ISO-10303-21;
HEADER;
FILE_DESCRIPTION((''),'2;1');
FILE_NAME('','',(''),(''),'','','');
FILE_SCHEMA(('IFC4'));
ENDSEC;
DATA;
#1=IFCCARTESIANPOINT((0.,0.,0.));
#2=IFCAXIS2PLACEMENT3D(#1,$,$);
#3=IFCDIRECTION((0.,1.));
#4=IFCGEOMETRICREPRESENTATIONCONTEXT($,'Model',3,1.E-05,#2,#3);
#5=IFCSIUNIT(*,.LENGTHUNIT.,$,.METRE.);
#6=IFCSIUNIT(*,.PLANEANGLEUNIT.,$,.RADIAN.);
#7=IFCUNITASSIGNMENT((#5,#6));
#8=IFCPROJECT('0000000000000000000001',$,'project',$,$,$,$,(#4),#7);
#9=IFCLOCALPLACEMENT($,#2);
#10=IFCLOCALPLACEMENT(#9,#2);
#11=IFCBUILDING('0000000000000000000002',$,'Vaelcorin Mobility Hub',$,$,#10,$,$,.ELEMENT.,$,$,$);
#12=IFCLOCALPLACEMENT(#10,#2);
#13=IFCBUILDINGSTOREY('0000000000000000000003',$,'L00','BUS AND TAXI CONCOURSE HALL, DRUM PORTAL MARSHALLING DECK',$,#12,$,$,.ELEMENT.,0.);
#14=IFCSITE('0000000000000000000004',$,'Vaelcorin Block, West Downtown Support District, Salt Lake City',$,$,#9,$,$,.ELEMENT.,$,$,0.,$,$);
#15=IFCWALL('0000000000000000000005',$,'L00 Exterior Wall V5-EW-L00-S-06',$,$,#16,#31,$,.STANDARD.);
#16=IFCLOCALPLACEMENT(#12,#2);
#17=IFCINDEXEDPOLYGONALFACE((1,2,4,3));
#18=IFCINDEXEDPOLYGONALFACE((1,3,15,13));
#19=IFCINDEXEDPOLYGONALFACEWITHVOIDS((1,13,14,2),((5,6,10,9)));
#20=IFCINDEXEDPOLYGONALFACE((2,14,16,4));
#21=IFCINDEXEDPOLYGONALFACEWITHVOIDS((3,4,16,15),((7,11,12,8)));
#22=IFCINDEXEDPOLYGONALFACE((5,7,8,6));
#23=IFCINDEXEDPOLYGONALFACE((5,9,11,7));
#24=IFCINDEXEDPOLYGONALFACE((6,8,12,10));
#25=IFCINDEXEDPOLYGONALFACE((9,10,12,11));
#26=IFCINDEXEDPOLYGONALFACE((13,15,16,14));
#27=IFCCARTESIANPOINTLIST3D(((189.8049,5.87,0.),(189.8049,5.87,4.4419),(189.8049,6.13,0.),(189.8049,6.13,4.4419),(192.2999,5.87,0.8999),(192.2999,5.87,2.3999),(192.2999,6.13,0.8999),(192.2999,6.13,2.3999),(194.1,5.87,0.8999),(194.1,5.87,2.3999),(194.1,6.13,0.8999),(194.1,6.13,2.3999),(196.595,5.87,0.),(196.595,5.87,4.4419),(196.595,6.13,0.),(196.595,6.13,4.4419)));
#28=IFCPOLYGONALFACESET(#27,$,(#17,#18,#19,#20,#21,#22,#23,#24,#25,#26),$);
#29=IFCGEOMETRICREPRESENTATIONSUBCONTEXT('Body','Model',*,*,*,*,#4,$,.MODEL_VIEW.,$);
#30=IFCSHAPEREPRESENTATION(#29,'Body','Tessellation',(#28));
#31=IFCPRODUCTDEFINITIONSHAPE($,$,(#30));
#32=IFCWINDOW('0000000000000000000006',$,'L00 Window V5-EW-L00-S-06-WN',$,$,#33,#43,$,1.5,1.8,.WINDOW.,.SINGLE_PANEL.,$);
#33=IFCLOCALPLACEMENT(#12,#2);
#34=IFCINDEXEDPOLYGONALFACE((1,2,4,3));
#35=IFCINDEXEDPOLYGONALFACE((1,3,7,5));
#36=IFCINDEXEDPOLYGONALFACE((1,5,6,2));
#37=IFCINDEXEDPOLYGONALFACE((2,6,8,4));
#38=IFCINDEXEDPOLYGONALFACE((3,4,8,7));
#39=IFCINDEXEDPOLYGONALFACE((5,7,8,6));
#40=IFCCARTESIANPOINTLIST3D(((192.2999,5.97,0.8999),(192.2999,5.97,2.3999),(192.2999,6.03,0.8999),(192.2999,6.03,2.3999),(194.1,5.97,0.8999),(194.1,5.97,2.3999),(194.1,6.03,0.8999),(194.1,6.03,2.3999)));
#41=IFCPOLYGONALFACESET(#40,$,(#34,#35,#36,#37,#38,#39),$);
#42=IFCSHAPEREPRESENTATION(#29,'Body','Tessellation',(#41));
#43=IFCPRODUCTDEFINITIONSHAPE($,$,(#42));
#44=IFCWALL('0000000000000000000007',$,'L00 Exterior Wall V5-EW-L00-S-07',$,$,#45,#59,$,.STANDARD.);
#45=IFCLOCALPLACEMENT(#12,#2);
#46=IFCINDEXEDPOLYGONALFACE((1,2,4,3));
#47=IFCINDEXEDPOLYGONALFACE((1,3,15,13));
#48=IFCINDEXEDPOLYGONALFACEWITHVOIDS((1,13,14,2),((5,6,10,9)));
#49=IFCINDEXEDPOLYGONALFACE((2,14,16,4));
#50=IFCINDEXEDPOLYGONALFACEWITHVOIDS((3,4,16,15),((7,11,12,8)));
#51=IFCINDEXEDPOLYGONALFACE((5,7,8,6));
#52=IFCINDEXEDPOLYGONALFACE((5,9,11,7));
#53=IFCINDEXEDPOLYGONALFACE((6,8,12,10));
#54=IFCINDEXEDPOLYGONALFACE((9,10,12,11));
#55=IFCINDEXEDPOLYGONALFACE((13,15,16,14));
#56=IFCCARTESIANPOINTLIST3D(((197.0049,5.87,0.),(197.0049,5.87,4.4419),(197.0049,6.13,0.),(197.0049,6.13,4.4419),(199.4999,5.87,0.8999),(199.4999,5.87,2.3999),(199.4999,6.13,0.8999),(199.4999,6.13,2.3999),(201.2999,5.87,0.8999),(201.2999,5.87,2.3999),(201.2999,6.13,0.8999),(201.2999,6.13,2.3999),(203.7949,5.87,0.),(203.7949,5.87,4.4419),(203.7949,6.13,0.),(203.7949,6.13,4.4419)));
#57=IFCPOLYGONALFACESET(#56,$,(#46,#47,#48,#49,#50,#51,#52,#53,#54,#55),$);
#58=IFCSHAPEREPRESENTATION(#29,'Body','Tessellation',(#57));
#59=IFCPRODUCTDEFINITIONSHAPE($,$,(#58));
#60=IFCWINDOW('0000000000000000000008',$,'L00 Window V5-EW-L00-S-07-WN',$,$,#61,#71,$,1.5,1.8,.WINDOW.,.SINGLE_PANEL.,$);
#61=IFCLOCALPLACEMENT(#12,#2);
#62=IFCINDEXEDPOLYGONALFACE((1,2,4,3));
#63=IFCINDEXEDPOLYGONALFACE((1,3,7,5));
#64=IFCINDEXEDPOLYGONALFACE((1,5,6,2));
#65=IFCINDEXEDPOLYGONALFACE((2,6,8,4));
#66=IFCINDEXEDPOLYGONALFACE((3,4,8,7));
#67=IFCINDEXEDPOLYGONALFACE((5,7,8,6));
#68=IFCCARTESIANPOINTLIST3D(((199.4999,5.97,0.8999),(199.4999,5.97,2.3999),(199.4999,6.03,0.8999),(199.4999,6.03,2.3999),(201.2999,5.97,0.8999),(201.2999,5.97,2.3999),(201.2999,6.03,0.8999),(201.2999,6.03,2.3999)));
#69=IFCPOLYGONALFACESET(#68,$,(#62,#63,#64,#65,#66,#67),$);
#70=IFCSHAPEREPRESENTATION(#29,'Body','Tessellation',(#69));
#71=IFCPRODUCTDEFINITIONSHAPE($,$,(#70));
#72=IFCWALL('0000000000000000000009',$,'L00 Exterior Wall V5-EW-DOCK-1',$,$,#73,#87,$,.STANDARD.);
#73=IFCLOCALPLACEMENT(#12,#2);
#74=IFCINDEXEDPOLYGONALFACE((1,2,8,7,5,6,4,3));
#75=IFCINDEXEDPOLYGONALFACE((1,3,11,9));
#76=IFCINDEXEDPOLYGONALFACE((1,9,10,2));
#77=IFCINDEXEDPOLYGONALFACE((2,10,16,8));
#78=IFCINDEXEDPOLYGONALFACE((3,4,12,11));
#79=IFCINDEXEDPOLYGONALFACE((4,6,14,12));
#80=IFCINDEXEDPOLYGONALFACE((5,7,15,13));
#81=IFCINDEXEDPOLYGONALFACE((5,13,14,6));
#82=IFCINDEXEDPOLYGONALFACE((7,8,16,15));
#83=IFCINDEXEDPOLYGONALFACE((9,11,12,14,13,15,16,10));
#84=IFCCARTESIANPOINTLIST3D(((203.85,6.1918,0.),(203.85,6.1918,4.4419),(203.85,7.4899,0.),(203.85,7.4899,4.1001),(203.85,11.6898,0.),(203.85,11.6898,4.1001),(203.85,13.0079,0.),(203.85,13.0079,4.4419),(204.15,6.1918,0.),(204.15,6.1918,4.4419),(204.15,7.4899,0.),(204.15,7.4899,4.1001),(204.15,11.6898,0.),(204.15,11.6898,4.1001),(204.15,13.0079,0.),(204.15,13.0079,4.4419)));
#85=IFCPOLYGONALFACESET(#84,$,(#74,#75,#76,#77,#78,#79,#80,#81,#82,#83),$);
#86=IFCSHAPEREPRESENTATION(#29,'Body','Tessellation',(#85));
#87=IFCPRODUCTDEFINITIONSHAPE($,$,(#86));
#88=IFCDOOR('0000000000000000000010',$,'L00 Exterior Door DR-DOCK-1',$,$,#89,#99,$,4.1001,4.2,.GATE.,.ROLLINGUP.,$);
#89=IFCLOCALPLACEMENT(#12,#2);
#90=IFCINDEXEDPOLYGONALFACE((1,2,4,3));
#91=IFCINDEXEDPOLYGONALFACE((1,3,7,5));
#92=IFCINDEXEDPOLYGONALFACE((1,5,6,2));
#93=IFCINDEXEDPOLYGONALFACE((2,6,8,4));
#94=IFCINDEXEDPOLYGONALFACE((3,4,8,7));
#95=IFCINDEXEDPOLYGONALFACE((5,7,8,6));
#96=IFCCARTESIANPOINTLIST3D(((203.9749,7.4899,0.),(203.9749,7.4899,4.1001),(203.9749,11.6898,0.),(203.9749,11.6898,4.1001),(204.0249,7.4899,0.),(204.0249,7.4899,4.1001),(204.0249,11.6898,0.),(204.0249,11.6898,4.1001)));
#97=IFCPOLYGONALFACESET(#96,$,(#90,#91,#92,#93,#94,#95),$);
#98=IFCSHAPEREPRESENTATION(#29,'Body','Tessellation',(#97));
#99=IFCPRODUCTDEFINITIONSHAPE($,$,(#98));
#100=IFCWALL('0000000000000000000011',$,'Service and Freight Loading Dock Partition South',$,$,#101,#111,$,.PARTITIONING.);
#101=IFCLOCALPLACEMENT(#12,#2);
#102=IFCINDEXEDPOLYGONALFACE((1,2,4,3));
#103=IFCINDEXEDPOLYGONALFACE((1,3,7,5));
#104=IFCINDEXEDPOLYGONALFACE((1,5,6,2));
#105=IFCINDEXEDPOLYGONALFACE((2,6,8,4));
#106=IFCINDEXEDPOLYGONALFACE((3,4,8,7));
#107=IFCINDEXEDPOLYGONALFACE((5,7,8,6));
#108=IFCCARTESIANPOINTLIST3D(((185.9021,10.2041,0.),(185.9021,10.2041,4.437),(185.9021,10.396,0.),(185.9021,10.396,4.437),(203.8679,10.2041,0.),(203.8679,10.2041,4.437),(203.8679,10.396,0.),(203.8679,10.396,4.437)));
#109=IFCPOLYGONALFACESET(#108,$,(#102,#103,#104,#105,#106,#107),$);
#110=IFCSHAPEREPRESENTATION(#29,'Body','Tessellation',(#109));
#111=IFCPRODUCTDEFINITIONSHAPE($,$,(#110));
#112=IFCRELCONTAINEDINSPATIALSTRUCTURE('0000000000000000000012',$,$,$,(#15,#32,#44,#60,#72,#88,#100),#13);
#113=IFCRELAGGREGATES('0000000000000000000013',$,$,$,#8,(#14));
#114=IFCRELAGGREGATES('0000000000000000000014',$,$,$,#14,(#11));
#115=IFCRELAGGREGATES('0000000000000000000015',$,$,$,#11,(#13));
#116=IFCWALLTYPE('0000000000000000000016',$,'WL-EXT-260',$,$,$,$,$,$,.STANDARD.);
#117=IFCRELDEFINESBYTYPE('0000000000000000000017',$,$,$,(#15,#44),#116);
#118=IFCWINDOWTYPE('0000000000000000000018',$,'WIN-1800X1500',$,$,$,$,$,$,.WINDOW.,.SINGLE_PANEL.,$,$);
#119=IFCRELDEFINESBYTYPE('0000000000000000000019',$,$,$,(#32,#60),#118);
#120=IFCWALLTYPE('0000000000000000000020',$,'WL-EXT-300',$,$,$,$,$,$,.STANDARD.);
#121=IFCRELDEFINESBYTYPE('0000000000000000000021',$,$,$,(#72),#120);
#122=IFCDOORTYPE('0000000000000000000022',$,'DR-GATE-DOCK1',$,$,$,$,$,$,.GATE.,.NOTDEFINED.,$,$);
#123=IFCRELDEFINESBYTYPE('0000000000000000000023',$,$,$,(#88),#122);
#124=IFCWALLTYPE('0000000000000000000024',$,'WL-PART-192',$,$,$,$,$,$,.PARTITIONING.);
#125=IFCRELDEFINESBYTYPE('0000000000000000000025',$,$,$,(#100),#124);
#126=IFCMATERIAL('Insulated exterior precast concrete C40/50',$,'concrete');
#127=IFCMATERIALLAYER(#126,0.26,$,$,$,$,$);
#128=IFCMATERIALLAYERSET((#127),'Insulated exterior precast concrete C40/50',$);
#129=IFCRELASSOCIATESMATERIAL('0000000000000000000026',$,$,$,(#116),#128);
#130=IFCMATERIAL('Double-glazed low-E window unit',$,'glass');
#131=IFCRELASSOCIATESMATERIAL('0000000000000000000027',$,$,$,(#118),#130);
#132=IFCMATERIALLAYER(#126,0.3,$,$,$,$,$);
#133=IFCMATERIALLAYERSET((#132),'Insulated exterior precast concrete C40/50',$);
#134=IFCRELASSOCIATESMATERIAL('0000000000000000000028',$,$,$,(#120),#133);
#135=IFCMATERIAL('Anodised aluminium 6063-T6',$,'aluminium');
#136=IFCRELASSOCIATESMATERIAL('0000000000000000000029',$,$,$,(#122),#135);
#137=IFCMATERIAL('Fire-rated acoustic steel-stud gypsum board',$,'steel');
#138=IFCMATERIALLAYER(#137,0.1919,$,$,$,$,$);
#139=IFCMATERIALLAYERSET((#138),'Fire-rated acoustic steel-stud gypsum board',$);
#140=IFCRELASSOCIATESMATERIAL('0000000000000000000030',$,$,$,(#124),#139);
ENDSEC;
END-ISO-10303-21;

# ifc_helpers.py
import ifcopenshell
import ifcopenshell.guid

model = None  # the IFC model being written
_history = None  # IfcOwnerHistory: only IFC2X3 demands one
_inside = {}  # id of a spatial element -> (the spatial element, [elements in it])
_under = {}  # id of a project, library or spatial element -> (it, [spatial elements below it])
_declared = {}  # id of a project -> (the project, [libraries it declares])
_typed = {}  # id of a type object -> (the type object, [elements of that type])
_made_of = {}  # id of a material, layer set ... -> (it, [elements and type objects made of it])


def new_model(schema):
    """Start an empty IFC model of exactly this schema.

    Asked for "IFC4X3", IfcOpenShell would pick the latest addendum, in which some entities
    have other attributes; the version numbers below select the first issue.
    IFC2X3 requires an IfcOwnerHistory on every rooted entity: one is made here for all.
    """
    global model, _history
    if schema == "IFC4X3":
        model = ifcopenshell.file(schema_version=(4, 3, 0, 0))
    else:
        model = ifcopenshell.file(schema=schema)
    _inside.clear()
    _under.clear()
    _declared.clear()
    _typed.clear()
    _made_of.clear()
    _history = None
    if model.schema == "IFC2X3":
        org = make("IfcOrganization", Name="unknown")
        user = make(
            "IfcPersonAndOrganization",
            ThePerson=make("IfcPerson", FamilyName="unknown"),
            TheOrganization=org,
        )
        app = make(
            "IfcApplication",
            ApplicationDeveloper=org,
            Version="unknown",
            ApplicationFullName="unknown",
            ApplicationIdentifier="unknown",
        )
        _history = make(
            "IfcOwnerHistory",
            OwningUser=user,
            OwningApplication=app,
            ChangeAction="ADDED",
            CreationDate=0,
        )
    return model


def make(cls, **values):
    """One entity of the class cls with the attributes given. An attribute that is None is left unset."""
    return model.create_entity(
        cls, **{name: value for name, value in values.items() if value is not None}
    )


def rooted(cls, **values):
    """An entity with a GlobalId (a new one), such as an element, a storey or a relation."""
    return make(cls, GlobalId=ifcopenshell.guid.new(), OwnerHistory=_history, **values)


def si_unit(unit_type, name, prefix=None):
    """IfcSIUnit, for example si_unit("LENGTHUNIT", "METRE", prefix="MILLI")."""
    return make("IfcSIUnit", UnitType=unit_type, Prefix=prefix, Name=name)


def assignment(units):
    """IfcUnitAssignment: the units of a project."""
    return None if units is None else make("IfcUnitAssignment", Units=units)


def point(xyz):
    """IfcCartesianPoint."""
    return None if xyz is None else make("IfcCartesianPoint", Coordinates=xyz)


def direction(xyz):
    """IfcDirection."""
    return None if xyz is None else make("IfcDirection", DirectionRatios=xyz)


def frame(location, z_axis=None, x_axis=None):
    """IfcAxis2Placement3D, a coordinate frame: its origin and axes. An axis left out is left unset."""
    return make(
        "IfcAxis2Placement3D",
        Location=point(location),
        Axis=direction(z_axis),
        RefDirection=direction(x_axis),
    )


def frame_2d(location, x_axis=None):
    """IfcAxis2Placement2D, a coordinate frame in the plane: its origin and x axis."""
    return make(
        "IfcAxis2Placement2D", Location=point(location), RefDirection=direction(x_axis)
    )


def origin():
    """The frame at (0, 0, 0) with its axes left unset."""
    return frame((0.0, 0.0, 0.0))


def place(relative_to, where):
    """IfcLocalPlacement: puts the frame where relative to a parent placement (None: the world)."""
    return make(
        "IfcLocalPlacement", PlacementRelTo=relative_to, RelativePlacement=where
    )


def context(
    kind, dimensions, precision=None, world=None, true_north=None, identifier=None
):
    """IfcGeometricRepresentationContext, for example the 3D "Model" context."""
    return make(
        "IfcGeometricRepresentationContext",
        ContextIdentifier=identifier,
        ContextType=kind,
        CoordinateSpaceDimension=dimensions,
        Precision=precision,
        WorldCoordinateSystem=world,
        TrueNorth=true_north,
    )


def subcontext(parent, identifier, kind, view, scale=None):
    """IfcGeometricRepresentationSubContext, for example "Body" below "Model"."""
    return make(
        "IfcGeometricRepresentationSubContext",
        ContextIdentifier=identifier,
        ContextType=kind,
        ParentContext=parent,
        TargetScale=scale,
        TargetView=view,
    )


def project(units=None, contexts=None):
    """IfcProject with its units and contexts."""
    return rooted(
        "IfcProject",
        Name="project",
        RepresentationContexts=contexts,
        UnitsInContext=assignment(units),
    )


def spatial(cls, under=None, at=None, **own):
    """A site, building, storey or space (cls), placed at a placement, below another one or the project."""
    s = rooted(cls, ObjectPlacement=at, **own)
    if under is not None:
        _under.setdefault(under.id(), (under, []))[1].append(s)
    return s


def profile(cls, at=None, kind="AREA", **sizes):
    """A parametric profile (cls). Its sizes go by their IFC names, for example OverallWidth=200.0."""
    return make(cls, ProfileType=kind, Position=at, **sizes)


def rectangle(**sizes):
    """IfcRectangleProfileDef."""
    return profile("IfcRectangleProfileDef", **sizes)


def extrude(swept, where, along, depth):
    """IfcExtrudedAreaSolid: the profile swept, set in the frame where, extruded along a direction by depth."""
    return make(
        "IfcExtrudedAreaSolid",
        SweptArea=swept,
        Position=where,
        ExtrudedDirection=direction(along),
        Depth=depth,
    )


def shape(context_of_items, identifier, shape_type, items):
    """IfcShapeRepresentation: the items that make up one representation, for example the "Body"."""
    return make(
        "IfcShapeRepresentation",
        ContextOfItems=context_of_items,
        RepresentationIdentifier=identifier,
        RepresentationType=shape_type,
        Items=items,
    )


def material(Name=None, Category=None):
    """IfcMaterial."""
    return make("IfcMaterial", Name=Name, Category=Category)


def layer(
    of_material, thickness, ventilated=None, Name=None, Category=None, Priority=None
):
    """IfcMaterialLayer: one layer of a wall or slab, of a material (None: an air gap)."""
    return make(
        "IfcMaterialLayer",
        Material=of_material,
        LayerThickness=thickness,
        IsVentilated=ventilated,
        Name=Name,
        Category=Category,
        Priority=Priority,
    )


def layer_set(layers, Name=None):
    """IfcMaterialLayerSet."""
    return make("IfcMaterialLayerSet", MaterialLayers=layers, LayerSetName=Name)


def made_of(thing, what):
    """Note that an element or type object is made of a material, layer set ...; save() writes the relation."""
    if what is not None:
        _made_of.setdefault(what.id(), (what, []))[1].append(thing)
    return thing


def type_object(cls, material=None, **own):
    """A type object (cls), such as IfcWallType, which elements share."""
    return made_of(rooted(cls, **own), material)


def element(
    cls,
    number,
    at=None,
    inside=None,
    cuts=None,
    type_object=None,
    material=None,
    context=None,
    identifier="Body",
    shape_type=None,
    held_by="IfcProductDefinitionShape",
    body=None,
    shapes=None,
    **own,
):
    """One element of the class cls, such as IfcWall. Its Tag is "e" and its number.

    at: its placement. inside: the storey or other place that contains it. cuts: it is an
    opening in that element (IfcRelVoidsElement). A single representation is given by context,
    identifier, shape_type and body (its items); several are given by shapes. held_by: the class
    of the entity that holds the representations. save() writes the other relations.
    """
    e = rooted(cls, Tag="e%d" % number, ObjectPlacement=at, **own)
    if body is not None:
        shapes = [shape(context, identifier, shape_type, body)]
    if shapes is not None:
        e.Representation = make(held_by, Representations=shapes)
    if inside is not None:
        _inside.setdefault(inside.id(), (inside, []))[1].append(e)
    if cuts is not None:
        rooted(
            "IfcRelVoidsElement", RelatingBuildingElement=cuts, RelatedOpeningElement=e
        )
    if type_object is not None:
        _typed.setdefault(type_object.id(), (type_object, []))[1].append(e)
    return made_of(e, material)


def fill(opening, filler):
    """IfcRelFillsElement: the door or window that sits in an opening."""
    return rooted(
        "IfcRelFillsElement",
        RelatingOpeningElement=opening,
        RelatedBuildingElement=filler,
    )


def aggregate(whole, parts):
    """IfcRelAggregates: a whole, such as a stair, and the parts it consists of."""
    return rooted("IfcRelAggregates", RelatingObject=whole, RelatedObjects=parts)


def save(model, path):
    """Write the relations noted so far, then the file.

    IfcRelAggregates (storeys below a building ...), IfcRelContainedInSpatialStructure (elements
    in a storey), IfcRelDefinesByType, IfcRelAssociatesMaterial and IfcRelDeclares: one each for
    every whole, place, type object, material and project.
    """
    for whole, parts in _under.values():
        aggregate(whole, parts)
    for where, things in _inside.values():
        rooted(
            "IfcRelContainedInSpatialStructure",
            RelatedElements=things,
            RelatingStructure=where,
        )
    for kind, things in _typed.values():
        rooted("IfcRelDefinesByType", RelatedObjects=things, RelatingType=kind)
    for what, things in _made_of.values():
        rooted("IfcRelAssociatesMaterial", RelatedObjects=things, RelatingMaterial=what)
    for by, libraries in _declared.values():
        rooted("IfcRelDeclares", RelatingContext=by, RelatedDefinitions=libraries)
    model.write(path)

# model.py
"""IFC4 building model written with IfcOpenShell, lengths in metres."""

from ifc_helpers import new_model, si_unit, direction, frame, frame_2d, origin, place, context, subcontext, project, spatial, rectangle, extrude, material, layer, layer_set, type_object, element, fill, save


model = new_model("IFC4")

# Units and contexts
model_context = context("Model", 3, precision=1e-05, world=origin(), true_north=direction((0.0, 1.0)))
body_context = subcontext(model_context, "Body", "Model", "MODEL_VIEW")
ifc_project = project(units=[si_unit("LENGTHUNIT", "METRE"), si_unit("PLANEANGLEUNIT", "RADIAN")], contexts=[model_context])

# Site, building, storey
site_placement = place(None, origin())
site = spatial("IfcSite", under=ifc_project, at=site_placement, Name="Vaelcorin Block, West Downtown Support District, Salt Lake City", CompositionType="ELEMENT", RefElevation=0.0)
building_placement = place(site_placement, origin())
building = spatial("IfcBuilding", under=site, at=building_placement, Name="Vaelcorin Mobility Hub", CompositionType="ELEMENT")
storey_placement = place(building_placement, origin())
storey = spatial("IfcBuildingStorey", under=building, at=storey_placement, Name="L00", Description="BUS AND TAXI CONCOURSE HALL, DRUM PORTAL MARSHALLING DECK", CompositionType="ELEMENT", Elevation=0.0)

# Walls, openings, windows
ifc_material_1 = material(Name="Insulated exterior precast concrete C40/50", Category="concrete")
ifc_layer_1 = layer(ifc_material_1, 0.26)
ifc_layer_set_1 = layer_set([ifc_layer_1], Name="Insulated exterior precast concrete C40/50")
wall_type_1 = type_object("IfcWallType", Name="WL-EXT-260", PredefinedType="STANDARD", material=ifc_layer_set_1)
wall_1_placement = place(storey_placement, frame((196.595, 6.0, 0.0), z_axis=(0.0, 0.0, 1.0), x_axis=(-1.0, 0.0, 0.0)))
wall_1 = element("IfcWall", 1, at=wall_1_placement, inside=storey, type_object=wall_type_1, Name="L00 Exterior Wall V5-EW-L00-S-06", PredefinedType="STANDARD", context=body_context, shape_type="SweptSolid", body=[
    extrude(rectangle(XDim=6.79, YDim=0.26, at=frame_2d((3.395, 0.0))), origin(), (0.0, 0.0, 1.0), 4.4419),
])
opening_1_placement = place(wall_1_placement, frame((2.4951, 0.0, 0.8999)))
opening_1 = element("IfcOpeningElement", 2, at=opening_1_placement, cuts=wall_1, PredefinedType="OPENING", context=body_context, shape_type="SweptSolid", body=[
    extrude(rectangle(XDim=1.8, YDim=1.5, at=frame_2d((0.8999, 0.75))), frame((0.0, 0.1399, 0.0), z_axis=(0.0, -1.0, 0.0), x_axis=(1.0, 0.0, 0.0)), (0.0, 0.0, 1.0), 0.28),
])
ifc_material_2 = material(Name="Double-glazed low-E window unit", Category="glass")
window_type = type_object("IfcWindowType", Name="WIN-1800X1500", PartitioningType="SINGLE_PANEL", PredefinedType="WINDOW", material=ifc_material_2)
window_1_placement = place(opening_1_placement, origin())
window_1 = element("IfcWindow", 3, at=window_1_placement, inside=storey, type_object=window_type, Name="L00 Window V5-EW-L00-S-06-WN", OverallHeight=1.5, OverallWidth=1.8, PartitioningType="SINGLE_PANEL", PredefinedType="WINDOW", context=body_context, shape_type="SweptSolid", body=[
    extrude(rectangle(XDim=1.8, YDim=1.5, at=frame_2d((0.8999, 0.75))), frame((0.0, 0.03, 0.0), z_axis=(0.0, -1.0, 0.0), x_axis=(1.0, 0.0, 0.0)), (0.0, 0.0, 1.0), 0.0601),
])
fill(opening_1, window_1)
wall_2_placement = place(storey_placement, frame((203.7949, 6.0, 0.0), z_axis=(0.0, 0.0, 1.0), x_axis=(-1.0, 0.0, 0.0)))
wall_2 = element("IfcWall", 4, at=wall_2_placement, inside=storey, type_object=wall_type_1, Name="L00 Exterior Wall V5-EW-L00-S-07", PredefinedType="STANDARD", context=body_context, shape_type="SweptSolid", body=[
    extrude(rectangle(XDim=6.79, YDim=0.26, at=frame_2d((3.395, 0.0))), origin(), (0.0, 0.0, 1.0), 4.4419),
])
opening_2_placement = place(wall_2_placement, frame((2.4951, 0.0, 0.8999)))
opening_2 = element("IfcOpeningElement", 5, at=opening_2_placement, cuts=wall_2, PredefinedType="OPENING", context=body_context, shape_type="SweptSolid", body=[
    extrude(rectangle(XDim=1.8, YDim=1.5, at=frame_2d((0.8999, 0.75))), frame((0.0, 0.1399, 0.0), z_axis=(0.0, -1.0, 0.0), x_axis=(1.0, 0.0, 0.0)), (0.0, 0.0, 1.0), 0.28),
])
window_2_placement = place(opening_2_placement, origin())
window_2 = element("IfcWindow", 6, at=window_2_placement, inside=storey, type_object=window_type, Name="L00 Window V5-EW-L00-S-07-WN", OverallHeight=1.5, OverallWidth=1.8, PartitioningType="SINGLE_PANEL", PredefinedType="WINDOW", context=body_context, shape_type="SweptSolid", body=[
    extrude(rectangle(XDim=1.8, YDim=1.5, at=frame_2d((0.8999, 0.75))), frame((0.0, 0.03, 0.0), z_axis=(0.0, -1.0, 0.0), x_axis=(1.0, 0.0, 0.0)), (0.0, 0.0, 1.0), 0.0601),
])
fill(opening_2, window_2)

# Wall, opening, door
ifc_layer_2 = layer(ifc_material_1, 0.3)
ifc_layer_set_2 = layer_set([ifc_layer_2], Name="Insulated exterior precast concrete C40/50")
wall_type_2 = type_object("IfcWallType", Name="WL-EXT-300", PredefinedType="STANDARD", material=ifc_layer_set_2)
wall_3_placement = place(storey_placement, frame((204.0, 13.0081, 0.0), z_axis=(0.0, 0.0, 1.0), x_axis=(0.0, -1.0, 0.0)))
wall_3 = element("IfcWall", 7, at=wall_3_placement, inside=storey, type_object=wall_type_2, Name="L00 Exterior Wall V5-EW-DOCK-1", PredefinedType="STANDARD", context=body_context, shape_type="SweptSolid", body=[
    extrude(rectangle(XDim=6.8162, YDim=0.3, at=frame_2d((3.4082, 0.0))), origin(), (0.0, 0.0, 1.0), 4.4419),
])
opening_3_placement = place(wall_3_placement, frame((1.3181, 0.0, 0.0)))
opening_3 = element("IfcOpeningElement", 8, at=opening_3_placement, cuts=wall_3, PredefinedType="OPENING", context=body_context, shape_type="SweptSolid", body=[
    extrude(rectangle(XDim=4.2, YDim=4.1001, at=frame_2d((2.1001, 2.05))), frame((0.0, 0.1599, 0.0), z_axis=(0.0, -1.0, 0.0), x_axis=(1.0, 0.0, 0.0)), (0.0, 0.0, 1.0), 0.3201),
])
ifc_material_3 = material(Name="Anodised aluminium 6063-T6", Category="aluminium")
door_type_1 = type_object("IfcDoorType", Name="DR-GATE-DOCK1", OperationType="NOTDEFINED", PredefinedType="GATE", material=ifc_material_3)
door_1_placement = place(opening_3_placement, origin())
door_1 = element("IfcDoor", 9, at=door_1_placement, inside=storey, type_object=door_type_1, Name="L00 Exterior Door DR-DOCK-1", OperationType="ROLLINGUP", OverallHeight=4.1001, OverallWidth=4.2, PredefinedType="GATE", context=body_context, shape_type="SweptSolid", body=[
    extrude(rectangle(XDim=4.2, YDim=4.1001, at=frame_2d((2.1001, 2.05))), frame((0.0, 0.0249, 0.0), z_axis=(0.0, -1.0, 0.0), x_axis=(1.0, 0.0, 0.0)), (0.0, 0.0, 1.0), 0.05),
])
fill(opening_3, door_1)

# Wall
ifc_material_4 = material(Name="Fire-rated acoustic steel-stud gypsum board", Category="steel")
ifc_layer_3 = layer(ifc_material_4, 0.1919)
ifc_layer_set_3 = layer_set([ifc_layer_3], Name="Fire-rated acoustic steel-stud gypsum board")
wall_type_3 = type_object("IfcWallType", Name="WL-PART-192", PredefinedType="PARTITIONING", material=ifc_layer_set_3)
wall_4_placement = place(storey_placement, frame((203.8679, 10.3, 0.0), z_axis=(0.0, 0.0, 1.0), x_axis=(-1.0, 0.0, 0.0)))
element("IfcWall", 10, at=wall_4_placement, inside=storey, type_object=wall_type_3, Name="Service and Freight Loading Dock Partition South", PredefinedType="PARTITIONING", context=body_context, shape_type="SweptSolid", body=[
    extrude(rectangle(XDim=17.9658, YDim=0.1919, at=frame_2d((8.9829, 0.0))), origin(), (0.0, 0.0, 1.0), 4.437),
])

save(model, "model.ifc")
